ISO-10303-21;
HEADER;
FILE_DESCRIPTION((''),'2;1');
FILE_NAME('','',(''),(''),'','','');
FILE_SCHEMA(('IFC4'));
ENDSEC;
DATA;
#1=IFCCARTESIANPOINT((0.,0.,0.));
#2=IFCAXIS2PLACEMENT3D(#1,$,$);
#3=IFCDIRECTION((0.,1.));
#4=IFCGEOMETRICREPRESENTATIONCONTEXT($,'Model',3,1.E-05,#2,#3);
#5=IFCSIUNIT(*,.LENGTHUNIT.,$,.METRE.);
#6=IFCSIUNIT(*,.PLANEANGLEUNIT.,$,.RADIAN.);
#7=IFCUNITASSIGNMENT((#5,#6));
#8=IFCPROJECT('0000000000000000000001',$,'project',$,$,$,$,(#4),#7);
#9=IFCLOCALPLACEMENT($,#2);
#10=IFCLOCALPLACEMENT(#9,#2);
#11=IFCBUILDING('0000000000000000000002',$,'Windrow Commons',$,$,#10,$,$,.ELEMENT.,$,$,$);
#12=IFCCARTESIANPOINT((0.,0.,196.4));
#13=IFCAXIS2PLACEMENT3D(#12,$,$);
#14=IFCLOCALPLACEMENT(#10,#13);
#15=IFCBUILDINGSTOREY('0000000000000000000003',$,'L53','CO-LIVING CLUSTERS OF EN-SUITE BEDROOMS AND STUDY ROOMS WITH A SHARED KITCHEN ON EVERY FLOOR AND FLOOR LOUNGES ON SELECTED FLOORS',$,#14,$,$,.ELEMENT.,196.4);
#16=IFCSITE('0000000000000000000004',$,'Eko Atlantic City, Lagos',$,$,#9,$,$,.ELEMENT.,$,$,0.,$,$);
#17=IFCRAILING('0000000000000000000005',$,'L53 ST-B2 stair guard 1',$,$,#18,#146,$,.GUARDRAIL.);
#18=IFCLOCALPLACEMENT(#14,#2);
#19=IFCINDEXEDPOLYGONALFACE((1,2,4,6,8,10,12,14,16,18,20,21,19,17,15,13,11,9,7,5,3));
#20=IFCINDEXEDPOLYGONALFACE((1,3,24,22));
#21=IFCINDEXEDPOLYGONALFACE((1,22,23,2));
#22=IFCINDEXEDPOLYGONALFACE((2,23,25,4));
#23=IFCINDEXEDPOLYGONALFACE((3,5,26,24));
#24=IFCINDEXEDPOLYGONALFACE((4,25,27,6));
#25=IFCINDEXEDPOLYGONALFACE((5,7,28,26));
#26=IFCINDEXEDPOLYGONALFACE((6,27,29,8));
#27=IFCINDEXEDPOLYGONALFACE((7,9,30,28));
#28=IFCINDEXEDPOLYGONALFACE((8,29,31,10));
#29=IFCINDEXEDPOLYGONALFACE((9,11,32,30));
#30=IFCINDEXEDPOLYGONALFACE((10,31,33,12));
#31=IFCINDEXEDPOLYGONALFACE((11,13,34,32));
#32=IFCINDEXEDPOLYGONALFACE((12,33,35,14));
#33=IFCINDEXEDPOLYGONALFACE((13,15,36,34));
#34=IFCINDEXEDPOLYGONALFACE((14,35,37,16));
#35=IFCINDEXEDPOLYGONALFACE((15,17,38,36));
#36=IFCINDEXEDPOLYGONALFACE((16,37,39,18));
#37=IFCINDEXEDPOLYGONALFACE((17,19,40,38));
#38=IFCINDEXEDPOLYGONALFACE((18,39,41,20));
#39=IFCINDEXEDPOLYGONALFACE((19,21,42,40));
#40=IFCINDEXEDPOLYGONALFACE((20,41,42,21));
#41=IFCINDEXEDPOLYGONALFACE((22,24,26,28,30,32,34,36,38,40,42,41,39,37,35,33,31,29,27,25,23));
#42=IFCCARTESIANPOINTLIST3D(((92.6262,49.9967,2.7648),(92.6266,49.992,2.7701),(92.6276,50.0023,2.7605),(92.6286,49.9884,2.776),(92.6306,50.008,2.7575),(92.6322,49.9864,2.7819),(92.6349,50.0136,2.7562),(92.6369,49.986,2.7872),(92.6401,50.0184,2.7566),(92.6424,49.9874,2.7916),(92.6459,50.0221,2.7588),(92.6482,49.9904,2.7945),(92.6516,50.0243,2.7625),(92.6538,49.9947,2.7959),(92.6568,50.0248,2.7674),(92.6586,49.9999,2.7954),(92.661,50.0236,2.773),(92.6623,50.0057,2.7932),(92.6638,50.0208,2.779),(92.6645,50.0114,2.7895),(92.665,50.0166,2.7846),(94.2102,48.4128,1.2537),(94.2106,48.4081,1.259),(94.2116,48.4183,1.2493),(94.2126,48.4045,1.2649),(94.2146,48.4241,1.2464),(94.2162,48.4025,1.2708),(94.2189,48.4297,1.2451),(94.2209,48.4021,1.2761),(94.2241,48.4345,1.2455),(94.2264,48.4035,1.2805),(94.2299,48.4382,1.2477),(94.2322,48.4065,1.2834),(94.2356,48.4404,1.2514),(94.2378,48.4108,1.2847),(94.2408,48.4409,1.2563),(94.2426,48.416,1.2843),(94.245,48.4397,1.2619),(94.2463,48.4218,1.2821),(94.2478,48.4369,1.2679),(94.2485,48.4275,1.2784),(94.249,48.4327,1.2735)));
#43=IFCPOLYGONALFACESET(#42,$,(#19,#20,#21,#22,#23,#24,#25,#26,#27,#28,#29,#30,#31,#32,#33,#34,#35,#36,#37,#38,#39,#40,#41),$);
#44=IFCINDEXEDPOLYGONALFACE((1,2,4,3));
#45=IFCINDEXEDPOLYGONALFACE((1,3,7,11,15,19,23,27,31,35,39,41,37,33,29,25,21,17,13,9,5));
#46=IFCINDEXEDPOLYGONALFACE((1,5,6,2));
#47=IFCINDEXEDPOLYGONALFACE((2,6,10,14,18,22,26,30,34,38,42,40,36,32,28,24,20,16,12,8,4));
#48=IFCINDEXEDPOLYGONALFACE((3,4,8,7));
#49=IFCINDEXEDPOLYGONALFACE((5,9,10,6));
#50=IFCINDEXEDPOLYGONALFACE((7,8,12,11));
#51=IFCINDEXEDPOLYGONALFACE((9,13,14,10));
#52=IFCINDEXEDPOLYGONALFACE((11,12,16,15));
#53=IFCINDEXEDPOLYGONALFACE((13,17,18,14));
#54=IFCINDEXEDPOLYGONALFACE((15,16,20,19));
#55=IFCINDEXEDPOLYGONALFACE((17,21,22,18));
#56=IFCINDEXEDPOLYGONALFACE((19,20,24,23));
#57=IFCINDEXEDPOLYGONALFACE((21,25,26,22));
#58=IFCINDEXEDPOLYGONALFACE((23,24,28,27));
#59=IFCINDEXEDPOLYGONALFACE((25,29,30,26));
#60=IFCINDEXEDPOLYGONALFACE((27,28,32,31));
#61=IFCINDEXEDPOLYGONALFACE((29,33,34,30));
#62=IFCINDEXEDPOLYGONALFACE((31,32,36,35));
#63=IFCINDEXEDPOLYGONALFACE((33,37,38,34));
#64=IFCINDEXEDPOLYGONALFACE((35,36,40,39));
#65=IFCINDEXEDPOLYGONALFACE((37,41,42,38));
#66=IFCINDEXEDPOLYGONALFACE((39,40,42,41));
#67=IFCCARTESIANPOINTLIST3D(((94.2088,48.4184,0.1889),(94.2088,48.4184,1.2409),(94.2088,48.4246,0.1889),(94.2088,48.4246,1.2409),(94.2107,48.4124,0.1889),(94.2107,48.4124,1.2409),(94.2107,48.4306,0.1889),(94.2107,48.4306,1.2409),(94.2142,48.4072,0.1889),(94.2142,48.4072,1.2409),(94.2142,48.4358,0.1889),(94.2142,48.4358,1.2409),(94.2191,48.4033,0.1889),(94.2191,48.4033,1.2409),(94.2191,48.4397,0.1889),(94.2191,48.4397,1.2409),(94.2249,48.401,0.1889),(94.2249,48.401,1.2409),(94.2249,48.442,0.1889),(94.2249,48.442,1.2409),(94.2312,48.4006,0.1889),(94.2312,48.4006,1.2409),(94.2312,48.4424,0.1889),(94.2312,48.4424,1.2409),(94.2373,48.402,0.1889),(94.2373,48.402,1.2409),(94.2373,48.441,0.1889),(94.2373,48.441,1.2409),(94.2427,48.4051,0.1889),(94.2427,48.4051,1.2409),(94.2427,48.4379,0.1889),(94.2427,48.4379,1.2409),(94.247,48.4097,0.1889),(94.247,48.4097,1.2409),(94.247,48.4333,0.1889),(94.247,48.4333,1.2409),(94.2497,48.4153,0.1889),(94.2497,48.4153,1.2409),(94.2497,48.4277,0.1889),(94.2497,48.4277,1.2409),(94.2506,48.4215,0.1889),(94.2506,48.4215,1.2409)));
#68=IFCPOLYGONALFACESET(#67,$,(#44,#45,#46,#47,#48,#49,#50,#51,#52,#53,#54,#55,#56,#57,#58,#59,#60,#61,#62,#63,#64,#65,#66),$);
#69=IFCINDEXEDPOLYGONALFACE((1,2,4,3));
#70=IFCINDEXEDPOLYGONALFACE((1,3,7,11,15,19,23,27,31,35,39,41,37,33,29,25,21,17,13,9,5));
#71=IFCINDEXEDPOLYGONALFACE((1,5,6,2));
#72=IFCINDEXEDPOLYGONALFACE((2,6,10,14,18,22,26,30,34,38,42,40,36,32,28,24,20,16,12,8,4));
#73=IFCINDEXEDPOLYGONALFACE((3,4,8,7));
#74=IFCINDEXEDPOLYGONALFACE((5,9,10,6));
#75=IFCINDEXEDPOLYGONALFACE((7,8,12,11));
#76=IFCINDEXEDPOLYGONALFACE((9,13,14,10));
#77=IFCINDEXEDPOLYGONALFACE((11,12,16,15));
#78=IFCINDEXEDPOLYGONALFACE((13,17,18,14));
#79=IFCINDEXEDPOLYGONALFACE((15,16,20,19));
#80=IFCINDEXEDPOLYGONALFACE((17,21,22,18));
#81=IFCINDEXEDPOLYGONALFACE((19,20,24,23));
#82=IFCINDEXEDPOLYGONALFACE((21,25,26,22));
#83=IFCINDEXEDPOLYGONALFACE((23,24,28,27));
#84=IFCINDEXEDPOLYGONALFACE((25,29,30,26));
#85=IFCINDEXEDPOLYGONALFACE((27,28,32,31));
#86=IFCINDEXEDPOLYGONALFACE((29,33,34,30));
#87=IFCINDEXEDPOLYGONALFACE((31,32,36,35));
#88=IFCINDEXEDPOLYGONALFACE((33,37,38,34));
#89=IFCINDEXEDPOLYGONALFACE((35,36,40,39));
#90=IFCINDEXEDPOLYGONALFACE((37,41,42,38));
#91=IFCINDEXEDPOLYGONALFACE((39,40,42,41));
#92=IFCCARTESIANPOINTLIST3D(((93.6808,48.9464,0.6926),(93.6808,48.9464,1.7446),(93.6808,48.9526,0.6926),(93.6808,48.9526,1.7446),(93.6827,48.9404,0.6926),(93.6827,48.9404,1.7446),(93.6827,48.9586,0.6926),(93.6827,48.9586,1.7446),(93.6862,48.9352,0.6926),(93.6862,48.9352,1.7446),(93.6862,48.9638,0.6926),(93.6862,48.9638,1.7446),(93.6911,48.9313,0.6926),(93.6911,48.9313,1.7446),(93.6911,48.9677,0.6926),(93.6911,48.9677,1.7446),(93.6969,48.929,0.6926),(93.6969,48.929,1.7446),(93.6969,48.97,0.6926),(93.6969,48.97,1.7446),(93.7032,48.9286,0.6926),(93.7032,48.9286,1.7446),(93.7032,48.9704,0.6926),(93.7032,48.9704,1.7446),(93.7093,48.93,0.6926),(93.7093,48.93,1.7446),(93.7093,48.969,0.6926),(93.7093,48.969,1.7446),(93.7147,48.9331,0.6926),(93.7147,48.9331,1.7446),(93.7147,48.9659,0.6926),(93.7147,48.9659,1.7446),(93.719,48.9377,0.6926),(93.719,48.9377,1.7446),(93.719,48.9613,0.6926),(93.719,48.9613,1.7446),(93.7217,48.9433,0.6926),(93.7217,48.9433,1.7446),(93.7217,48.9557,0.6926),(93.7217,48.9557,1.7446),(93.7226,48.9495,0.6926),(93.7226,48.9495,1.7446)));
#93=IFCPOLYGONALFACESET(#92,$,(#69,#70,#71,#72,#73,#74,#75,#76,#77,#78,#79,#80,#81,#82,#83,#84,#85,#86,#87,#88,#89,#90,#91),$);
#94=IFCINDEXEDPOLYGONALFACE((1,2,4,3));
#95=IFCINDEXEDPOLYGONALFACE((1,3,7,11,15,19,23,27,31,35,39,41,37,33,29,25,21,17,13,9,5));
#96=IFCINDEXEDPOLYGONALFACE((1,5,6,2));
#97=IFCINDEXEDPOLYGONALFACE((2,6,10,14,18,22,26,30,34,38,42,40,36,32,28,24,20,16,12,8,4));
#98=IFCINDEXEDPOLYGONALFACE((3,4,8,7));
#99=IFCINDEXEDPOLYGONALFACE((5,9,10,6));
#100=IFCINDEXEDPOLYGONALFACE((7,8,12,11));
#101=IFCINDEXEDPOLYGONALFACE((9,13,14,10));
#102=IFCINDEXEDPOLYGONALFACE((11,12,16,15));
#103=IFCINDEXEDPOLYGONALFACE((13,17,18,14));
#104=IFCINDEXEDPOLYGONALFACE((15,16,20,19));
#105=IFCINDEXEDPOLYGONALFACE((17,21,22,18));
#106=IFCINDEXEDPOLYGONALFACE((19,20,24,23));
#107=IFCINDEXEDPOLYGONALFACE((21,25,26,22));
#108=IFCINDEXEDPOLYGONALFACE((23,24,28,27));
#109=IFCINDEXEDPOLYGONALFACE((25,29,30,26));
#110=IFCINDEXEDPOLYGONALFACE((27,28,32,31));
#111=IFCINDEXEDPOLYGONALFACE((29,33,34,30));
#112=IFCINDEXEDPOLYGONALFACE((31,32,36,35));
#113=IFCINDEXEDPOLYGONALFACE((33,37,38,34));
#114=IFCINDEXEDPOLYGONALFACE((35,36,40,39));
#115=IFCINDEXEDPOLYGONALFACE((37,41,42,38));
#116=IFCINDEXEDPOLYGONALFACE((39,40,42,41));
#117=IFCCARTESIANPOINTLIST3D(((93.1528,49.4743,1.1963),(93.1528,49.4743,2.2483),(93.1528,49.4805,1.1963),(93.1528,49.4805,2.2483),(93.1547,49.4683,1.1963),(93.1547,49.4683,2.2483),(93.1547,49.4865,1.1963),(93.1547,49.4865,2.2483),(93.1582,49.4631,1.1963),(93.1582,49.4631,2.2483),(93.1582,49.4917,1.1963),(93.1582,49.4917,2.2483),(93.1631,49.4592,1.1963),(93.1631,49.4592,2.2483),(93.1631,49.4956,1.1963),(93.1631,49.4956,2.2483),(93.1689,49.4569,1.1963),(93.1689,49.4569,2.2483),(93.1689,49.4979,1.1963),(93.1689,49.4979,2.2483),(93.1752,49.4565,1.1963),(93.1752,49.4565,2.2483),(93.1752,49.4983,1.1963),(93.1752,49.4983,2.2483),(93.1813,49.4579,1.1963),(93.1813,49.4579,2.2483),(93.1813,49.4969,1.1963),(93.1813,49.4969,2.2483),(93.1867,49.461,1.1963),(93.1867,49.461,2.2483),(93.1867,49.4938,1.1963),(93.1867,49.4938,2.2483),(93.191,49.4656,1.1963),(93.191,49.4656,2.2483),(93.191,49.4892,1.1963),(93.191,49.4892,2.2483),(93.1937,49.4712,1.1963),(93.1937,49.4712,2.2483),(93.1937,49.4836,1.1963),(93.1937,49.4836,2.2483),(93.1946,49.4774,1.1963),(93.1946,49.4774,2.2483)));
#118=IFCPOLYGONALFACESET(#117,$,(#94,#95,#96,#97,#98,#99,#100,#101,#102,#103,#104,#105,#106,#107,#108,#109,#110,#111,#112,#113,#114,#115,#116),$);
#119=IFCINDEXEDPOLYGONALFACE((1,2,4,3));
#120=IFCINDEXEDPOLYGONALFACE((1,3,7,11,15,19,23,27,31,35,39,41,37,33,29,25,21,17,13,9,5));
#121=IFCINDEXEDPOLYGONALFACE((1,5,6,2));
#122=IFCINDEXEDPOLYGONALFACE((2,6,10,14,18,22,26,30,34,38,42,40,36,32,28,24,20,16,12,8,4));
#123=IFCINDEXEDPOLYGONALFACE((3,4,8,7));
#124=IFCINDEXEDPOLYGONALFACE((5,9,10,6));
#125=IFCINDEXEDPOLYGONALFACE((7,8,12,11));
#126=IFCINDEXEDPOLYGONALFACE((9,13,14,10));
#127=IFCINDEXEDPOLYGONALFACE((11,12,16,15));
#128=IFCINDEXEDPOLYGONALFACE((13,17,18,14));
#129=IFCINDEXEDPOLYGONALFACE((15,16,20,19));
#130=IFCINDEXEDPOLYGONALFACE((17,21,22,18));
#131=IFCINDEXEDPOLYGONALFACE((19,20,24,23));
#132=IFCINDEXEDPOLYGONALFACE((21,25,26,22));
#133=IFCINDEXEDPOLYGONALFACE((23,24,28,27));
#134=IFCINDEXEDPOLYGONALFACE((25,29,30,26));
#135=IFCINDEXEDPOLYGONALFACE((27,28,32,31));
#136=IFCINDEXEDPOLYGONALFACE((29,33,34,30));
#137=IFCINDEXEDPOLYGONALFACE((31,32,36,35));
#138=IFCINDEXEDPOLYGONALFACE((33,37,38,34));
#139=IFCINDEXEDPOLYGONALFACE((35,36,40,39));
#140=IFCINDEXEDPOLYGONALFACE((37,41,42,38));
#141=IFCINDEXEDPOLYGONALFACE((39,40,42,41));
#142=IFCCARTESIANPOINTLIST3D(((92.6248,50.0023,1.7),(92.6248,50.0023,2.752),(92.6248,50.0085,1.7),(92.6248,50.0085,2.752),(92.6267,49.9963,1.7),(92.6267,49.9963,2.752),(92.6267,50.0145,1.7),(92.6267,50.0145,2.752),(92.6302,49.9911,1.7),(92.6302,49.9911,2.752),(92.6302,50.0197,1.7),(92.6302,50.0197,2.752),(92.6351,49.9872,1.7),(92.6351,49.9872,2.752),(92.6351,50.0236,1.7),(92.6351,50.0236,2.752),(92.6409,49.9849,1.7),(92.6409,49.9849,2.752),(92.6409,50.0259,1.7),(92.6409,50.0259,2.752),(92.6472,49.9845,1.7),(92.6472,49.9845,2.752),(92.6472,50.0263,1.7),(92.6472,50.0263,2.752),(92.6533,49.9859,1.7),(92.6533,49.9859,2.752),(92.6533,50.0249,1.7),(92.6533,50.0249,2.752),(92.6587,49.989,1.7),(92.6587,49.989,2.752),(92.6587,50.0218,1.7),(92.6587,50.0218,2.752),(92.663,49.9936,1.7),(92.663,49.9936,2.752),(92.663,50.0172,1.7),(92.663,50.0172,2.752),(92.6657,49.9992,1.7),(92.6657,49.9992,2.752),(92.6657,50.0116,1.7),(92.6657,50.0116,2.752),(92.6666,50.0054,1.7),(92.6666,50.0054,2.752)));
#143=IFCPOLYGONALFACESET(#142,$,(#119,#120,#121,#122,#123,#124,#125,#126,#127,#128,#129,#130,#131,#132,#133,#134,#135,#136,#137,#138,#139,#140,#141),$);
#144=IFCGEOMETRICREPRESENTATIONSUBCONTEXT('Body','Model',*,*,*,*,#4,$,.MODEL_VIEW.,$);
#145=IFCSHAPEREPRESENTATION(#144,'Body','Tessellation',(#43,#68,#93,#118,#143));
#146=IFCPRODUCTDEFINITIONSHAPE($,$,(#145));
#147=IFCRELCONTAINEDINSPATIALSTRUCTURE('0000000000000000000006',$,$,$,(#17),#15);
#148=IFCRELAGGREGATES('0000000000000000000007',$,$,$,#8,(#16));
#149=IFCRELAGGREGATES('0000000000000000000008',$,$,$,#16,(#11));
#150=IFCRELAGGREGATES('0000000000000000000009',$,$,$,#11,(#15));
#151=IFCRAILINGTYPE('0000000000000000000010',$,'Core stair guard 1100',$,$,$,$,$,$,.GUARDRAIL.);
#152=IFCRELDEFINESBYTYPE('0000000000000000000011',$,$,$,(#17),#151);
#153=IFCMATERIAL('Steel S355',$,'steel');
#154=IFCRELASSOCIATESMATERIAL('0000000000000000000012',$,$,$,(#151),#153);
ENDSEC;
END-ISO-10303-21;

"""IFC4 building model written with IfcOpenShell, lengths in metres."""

from ifc_helpers import new_model, si_unit, direction, frame, origin, origin_2d, place, context, subcontext, project, spatial, circle, extrude, material, type_object, element, save


model = new_model("IFC4")

# Units and contexts
model_context = context("Model", 3, precision=1e-05, world=origin(), true_north=direction((0.0, 1.0)))
body_context = subcontext(model_context, "Body", "Model", "MODEL_VIEW")
ifc_project = project(units=[si_unit("LENGTHUNIT", "METRE"), si_unit("PLANEANGLEUNIT", "RADIAN")], contexts=[model_context])

# Site, building, storey
site_placement = place(None, origin())
site = spatial("IfcSite", under=ifc_project, at=site_placement, Name="Eko Atlantic City, Lagos", CompositionType="ELEMENT", RefElevation=0.0)
building_placement = place(site_placement, origin())
building = spatial("IfcBuilding", under=site, at=building_placement, Name="Windrow Commons", CompositionType="ELEMENT")
storey_placement = place(building_placement, frame((0.0, 0.0, 196.4)))
storey = spatial("IfcBuildingStorey", under=building, at=storey_placement, Name="L53", Description="CO-LIVING CLUSTERS OF EN-SUITE BEDROOMS AND STUDY ROOMS WITH A SHARED KITCHEN ON EVERY FLOOR AND FLOOR LOUNGES ON SELECTED FLOORS", CompositionType="ELEMENT", Elevation=196.4)

# Railing
ifc_material_1 = material(Name="Steel S355", Category="steel")
railing_type_1 = type_object("IfcRailingType", Name="Core stair guard 1100", PredefinedType="GUARDRAIL", material=ifc_material_1)
railing_1_placement = place(storey_placement, frame((94.2296, 48.4215, 0.1889)))
element("IfcRailing", 1, at=railing_1_placement, inside=storey, type_object=railing_type_1, Name="L53 ST-B2 stair guard 1", PredefinedType="GUARDRAIL", context=body_context, shape_type="SweptSolid", body=[
    extrude(circle(Radius=0.024, at=origin_2d()), frame((0.0, 0.0, 1.076), z_axis=(-0.586216, 0.586179, 0.559237), x_axis=(-0.707084, -0.707129, 0.0)), (0.0, 0.0, 1.0), 2.7021),
    extrude(circle(Radius=0.021, at=origin_2d()), origin(), (0.0, 0.0, 1.0), 1.052),
    extrude(circle(Radius=0.021, at=origin_2d()), frame((-0.528, 0.528, 0.5037)), (0.0, 0.0, 1.0), 1.052),
    extrude(circle(Radius=0.021, at=origin_2d()), frame((-1.056, 1.0559, 1.0074)), (0.0, 0.0, 1.0), 1.052),
    extrude(circle(Radius=0.021, at=origin_2d()), frame((-1.584, 1.5839, 1.5111)), (0.0, 0.0, 1.0), 1.052),
])

save(model, "model.ifc")
